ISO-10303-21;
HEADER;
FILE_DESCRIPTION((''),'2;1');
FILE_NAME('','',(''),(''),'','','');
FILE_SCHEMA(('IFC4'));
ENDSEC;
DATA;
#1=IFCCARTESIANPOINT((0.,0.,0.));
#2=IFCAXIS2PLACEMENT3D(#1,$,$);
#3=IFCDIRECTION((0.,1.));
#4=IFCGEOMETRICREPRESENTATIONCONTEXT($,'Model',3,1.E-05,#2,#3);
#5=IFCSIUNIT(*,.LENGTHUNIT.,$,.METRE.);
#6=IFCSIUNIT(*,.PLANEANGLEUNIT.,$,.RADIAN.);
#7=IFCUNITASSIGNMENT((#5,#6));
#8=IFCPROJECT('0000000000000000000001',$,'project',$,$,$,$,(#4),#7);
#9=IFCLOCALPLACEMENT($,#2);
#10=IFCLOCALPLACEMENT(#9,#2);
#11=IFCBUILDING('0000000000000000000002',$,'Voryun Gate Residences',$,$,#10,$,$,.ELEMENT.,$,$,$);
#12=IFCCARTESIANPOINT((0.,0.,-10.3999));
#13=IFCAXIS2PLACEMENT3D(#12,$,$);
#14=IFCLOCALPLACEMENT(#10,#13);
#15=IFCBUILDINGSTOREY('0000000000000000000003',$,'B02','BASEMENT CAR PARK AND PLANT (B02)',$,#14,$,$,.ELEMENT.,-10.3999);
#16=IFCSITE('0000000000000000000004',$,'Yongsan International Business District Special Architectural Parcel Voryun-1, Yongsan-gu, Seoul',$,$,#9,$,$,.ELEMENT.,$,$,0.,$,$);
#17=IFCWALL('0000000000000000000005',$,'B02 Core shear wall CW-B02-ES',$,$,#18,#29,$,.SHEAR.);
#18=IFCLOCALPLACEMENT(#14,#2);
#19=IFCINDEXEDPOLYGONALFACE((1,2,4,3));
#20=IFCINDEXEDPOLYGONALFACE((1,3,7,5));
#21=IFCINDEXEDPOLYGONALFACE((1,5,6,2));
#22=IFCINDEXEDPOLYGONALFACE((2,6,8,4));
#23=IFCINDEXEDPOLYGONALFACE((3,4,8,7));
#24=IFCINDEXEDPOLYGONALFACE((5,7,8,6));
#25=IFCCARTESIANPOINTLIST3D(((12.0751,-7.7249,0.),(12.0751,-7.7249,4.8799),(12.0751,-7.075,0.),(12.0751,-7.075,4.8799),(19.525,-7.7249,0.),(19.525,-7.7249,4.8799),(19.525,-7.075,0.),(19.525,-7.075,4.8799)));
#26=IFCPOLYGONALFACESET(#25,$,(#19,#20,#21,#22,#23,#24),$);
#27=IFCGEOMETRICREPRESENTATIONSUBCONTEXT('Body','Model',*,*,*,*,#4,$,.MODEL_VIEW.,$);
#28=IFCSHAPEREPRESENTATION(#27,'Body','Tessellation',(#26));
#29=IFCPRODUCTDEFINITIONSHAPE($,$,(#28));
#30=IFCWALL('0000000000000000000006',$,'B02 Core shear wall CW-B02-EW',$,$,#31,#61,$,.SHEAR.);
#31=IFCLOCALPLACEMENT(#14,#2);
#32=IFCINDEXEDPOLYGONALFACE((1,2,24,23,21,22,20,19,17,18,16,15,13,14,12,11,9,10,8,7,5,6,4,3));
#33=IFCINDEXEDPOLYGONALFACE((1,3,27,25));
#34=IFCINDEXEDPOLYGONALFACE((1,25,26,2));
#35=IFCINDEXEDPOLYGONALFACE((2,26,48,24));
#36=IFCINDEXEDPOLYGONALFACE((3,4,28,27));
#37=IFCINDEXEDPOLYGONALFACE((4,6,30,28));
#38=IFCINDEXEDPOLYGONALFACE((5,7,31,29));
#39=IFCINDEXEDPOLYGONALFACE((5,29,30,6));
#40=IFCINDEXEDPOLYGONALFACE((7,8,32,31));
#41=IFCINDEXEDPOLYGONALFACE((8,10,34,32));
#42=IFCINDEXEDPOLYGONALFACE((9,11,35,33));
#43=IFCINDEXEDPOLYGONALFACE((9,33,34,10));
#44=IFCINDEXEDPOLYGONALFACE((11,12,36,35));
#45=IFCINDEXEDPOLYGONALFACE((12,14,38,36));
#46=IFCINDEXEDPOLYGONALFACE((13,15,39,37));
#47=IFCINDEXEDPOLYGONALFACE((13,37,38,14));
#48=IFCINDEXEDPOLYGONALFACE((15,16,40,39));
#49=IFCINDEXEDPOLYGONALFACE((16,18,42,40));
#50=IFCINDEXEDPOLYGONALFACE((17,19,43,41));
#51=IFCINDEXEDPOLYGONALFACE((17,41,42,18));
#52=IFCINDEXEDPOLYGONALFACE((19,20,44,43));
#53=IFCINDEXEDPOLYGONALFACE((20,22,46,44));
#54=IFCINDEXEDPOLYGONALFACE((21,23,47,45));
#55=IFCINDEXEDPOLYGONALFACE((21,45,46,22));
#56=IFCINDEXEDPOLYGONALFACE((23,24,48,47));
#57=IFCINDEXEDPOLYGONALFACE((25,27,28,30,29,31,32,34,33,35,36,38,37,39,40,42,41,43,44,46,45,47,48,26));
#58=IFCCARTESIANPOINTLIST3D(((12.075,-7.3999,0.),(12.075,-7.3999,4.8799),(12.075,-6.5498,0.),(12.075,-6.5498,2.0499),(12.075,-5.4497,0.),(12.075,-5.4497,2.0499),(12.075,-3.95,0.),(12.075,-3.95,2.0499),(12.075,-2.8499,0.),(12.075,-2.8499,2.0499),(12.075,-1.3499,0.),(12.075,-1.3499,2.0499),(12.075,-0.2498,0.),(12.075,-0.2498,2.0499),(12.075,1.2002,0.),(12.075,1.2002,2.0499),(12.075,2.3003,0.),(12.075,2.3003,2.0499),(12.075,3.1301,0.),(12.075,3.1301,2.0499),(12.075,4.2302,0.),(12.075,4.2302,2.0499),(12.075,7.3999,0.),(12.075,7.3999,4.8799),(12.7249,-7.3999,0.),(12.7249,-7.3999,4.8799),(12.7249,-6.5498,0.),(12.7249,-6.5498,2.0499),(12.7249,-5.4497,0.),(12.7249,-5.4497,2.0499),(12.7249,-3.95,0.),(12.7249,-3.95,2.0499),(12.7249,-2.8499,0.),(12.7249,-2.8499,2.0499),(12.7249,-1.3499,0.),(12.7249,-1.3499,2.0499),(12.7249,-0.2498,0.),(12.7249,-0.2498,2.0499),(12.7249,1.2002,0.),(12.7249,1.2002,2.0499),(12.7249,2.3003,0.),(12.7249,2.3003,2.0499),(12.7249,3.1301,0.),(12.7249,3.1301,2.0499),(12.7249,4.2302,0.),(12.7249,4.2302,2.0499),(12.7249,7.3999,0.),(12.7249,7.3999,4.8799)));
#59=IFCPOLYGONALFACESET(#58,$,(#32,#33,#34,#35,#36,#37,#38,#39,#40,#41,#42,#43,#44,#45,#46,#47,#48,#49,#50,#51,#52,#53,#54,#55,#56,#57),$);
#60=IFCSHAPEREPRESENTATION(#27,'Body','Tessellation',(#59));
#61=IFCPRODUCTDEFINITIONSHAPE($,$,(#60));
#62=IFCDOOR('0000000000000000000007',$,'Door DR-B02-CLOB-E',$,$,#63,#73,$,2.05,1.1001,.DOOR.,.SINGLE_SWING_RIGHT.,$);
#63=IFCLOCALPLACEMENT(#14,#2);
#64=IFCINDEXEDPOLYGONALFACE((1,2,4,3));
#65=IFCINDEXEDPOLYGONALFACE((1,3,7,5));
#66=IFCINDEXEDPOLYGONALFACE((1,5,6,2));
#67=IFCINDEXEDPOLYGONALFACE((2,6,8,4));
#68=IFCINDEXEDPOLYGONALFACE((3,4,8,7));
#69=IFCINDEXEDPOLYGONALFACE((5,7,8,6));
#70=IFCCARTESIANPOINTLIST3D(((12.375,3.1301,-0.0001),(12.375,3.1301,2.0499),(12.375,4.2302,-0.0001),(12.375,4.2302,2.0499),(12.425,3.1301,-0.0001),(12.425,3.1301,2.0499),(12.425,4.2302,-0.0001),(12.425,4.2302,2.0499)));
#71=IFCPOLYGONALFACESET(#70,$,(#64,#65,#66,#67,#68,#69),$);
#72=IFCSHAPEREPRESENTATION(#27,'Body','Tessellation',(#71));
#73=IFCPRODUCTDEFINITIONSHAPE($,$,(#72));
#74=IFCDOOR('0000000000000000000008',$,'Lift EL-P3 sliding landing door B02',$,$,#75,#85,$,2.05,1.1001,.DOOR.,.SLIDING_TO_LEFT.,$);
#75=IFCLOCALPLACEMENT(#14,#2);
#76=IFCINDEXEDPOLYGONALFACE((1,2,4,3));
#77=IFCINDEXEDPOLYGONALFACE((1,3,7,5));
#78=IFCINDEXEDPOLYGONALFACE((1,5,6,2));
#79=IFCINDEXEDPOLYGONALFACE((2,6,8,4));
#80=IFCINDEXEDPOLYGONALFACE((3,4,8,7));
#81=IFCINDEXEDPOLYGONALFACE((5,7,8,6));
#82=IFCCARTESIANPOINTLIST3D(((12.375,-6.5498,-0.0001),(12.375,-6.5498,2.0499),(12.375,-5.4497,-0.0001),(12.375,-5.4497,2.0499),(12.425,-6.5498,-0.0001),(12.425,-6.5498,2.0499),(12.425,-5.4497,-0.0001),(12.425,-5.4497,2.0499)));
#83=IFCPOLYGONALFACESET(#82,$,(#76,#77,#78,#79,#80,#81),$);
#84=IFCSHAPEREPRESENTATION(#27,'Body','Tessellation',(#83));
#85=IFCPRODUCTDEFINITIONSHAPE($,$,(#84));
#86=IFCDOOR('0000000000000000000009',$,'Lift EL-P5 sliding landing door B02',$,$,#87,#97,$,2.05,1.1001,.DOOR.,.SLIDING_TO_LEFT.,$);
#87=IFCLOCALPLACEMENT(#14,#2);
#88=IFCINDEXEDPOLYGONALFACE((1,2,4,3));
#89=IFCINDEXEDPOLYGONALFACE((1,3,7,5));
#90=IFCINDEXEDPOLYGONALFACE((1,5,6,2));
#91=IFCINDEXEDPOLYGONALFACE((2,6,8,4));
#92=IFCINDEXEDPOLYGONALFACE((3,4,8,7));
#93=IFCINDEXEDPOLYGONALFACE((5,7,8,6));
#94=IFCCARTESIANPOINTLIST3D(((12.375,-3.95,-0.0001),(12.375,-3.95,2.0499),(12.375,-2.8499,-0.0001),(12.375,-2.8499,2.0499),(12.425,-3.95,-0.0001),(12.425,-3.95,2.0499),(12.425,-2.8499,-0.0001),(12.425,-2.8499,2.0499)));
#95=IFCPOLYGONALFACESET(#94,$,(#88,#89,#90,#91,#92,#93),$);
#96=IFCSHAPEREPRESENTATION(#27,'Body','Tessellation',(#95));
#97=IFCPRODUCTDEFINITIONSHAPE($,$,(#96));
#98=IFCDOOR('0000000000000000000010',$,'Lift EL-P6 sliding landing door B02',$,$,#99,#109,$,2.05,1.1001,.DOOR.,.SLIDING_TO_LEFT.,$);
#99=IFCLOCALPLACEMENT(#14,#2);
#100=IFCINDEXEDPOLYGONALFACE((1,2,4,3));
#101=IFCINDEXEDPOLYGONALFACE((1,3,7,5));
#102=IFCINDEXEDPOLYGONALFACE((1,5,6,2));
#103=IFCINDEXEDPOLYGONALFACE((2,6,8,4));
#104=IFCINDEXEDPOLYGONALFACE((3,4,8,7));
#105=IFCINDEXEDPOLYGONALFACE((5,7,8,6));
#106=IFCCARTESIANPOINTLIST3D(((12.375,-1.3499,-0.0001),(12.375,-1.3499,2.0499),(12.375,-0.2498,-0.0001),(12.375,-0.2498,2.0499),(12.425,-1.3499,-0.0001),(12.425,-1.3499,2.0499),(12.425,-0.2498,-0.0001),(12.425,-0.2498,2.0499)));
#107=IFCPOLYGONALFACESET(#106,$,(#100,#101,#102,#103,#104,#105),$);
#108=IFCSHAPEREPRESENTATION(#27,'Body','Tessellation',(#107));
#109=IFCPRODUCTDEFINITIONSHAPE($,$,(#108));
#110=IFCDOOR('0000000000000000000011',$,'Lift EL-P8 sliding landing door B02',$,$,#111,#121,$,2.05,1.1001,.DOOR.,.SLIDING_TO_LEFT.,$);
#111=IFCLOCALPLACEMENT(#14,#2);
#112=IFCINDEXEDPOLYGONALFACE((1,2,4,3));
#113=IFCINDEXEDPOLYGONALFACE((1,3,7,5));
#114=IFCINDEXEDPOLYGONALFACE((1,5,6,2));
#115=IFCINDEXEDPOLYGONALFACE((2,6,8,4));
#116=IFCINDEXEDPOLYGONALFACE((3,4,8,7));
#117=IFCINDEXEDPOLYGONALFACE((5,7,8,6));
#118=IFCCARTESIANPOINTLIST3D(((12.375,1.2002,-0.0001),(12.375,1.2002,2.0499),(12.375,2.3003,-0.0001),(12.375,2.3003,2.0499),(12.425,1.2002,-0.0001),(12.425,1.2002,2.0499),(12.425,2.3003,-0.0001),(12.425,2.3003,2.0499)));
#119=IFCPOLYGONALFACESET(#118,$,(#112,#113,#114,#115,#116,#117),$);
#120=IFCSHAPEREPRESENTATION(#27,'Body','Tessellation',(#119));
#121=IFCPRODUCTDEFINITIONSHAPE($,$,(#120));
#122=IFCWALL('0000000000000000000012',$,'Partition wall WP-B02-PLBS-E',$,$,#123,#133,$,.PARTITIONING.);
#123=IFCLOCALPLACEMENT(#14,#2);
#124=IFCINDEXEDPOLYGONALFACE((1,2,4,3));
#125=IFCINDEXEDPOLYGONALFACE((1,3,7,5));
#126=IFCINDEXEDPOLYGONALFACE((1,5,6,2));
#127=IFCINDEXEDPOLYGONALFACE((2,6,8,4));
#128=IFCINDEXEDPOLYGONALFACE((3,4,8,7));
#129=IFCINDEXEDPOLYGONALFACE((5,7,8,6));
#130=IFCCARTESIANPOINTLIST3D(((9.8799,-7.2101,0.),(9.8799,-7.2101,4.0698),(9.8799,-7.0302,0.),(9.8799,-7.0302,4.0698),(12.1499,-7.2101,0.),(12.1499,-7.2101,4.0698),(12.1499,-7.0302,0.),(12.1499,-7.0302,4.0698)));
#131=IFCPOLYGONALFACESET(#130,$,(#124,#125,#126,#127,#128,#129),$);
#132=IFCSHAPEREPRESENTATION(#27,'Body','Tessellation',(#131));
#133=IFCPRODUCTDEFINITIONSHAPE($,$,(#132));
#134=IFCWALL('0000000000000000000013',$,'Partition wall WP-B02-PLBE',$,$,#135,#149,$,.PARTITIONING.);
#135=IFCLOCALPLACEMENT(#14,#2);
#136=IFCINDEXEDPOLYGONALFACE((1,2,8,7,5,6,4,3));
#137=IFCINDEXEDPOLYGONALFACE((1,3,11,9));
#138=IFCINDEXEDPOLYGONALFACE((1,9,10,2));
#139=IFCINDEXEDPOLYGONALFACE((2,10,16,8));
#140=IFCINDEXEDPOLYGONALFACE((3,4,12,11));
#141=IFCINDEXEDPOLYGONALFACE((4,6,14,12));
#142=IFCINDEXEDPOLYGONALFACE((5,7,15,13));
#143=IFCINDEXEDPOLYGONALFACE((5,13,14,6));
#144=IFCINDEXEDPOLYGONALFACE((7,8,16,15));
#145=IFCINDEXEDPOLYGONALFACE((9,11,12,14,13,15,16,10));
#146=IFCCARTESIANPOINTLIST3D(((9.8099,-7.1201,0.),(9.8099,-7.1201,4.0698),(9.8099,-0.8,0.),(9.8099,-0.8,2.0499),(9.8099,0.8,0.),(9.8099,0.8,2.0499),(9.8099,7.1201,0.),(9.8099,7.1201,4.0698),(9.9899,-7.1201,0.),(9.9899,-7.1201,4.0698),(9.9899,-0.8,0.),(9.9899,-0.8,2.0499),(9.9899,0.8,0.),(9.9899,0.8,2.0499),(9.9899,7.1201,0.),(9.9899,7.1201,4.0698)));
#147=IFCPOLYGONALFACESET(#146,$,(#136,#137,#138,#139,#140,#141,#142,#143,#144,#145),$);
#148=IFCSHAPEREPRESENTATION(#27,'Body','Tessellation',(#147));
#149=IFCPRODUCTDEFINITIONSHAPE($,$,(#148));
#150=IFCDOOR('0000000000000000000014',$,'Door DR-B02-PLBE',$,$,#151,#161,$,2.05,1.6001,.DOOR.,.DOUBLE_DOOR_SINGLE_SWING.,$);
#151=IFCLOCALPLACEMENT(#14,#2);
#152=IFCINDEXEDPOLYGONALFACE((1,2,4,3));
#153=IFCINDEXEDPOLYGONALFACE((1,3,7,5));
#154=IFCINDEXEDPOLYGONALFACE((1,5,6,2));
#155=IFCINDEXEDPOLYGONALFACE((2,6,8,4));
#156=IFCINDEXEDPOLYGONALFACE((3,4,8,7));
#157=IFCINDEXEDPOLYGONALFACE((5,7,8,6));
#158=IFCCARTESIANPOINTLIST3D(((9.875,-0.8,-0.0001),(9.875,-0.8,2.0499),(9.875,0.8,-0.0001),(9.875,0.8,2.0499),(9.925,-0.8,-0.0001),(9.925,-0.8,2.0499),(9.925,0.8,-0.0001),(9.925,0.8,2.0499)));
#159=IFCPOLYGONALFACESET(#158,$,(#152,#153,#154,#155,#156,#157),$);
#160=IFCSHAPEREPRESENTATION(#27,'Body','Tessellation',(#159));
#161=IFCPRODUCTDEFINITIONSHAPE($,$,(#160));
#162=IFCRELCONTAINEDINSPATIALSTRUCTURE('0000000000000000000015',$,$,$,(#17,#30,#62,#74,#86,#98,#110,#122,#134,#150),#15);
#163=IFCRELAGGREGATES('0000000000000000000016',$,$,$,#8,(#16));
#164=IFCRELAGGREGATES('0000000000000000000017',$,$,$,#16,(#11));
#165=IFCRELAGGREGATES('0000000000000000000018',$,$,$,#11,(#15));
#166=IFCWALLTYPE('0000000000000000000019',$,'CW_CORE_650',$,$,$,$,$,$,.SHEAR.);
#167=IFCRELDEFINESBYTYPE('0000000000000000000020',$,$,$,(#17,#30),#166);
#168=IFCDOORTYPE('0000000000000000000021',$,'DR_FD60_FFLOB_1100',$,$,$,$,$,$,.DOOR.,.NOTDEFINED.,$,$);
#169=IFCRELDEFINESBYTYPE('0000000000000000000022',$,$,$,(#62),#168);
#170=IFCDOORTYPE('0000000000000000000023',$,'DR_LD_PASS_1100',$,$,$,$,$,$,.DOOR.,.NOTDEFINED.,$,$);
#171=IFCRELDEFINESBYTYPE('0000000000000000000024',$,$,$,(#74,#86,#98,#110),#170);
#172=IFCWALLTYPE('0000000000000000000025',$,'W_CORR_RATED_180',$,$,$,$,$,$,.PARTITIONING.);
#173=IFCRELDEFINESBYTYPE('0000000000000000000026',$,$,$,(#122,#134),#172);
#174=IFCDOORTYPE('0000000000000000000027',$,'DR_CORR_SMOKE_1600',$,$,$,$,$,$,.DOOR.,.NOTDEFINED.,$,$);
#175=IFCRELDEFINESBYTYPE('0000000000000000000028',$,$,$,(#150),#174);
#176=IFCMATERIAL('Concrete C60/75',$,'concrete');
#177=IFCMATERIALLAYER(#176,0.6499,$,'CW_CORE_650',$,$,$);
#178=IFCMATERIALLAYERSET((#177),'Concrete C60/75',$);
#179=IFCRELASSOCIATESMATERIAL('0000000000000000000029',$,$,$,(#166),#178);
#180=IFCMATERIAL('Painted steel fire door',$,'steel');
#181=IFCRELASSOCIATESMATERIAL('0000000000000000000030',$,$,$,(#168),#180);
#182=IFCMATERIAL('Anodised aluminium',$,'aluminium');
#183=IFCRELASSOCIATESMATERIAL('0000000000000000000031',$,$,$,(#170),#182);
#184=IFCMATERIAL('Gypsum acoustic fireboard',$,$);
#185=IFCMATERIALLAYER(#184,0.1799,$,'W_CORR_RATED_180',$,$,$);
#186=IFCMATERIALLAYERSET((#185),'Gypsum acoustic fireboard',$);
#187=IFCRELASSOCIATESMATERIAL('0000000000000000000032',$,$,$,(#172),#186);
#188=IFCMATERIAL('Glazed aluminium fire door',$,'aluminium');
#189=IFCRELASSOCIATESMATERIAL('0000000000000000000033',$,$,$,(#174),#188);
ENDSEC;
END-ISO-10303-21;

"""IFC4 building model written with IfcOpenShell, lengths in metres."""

from ifc_helpers import new_model, si_unit, direction, frame, frame_2d, origin, place, context, subcontext, project, spatial, rectangle, extrude, material, layer, layer_set, type_object, element, fill, save


model = new_model("IFC4")

# Units and contexts
model_context = context("Model", 3, precision=1e-05, world=origin(), true_north=direction((0.0, 1.0)))
body_context = subcontext(model_context, "Body", "Model", "MODEL_VIEW")
ifc_project = project(units=[si_unit("LENGTHUNIT", "METRE"), si_unit("PLANEANGLEUNIT", "RADIAN")], contexts=[model_context])

# Site, building, storey
site_placement = place(None, origin())
site = spatial("IfcSite", under=ifc_project, at=site_placement, Name="Yongsan International Business District Special Architectural Parcel Voryun-1, Yongsan-gu, Seoul", CompositionType="ELEMENT", RefElevation=0.0)
building_placement = place(site_placement, origin())
building = spatial("IfcBuilding", under=site, at=building_placement, Name="Voryun Gate Residences", CompositionType="ELEMENT")
storey_placement = place(building_placement, frame((0.0, 0.0, -10.3999)))
storey = spatial("IfcBuildingStorey", under=building, at=storey_placement, Name="B02", Description="BASEMENT CAR PARK AND PLANT (B02)", CompositionType="ELEMENT", Elevation=-10.3999)

# Wall
ifc_material_1 = material(Name="Concrete C60/75", Category="concrete")
ifc_layer_1 = layer(ifc_material_1, 0.6499, Name="CW_CORE_650")
ifc_layer_set_1 = layer_set([ifc_layer_1], Name="Concrete C60/75")
wall_type_1 = type_object("IfcWallType", Name="CW_CORE_650", PredefinedType="SHEAR", material=ifc_layer_set_1)
wall_1_placement = place(storey_placement, frame((12.075, -7.3999, 0.0), z_axis=(0.0, 0.0, 1.0), x_axis=(1.0, 0.0, 0.0)))
element("IfcWall", 1, at=wall_1_placement, inside=storey, type_object=wall_type_1, Name="B02 Core shear wall CW-B02-ES", PredefinedType="SHEAR", context=body_context, shape_type="SweptSolid", body=[
    extrude(rectangle(XDim=7.45, YDim=0.6499, at=frame_2d((3.7251, 0.0))), origin(), (0.0, 0.0, 1.0), 4.8799),
])

# Wall, openings, doors
wall_2_placement = place(storey_placement, frame((12.3999, -7.3999, 0.0), z_axis=(0.0, 0.0, 1.0), x_axis=(0.0, 1.0, 0.0)))
wall_2 = element("IfcWall", 2, at=wall_2_placement, inside=storey, type_object=wall_type_1, Name="B02 Core shear wall CW-B02-EW", PredefinedType="SHEAR", context=body_context, shape_type="SweptSolid", body=[
    extrude(rectangle(XDim=14.7998, YDim=0.6499, at=frame_2d((7.3999, 0.0))), origin(), (0.0, 0.0, 1.0), 4.8799),
])
opening_1_placement = place(wall_2_placement, frame((0.8501, 0.0, 0.0)))
opening_1 = element("IfcOpeningElement", 3, at=opening_1_placement, cuts=wall_2, PredefinedType="OPENING", context=body_context, shape_type="SweptSolid", body=[
    extrude(rectangle(XDim=1.1001, YDim=2.05, at=frame_2d((0.55, 1.0249))), frame((0.0, 0.335, 0.0), z_axis=(0.0, -1.0, 0.0), x_axis=(1.0, 0.0, 0.0)), (0.0, 0.0, 1.0), 0.6699),
])
opening_2_placement = place(wall_2_placement, frame((3.45, 0.0, 0.0)))
opening_2 = element("IfcOpeningElement", 4, at=opening_2_placement, cuts=wall_2, PredefinedType="OPENING", context=body_context, shape_type="SweptSolid", body=[
    extrude(rectangle(XDim=1.1001, YDim=2.05, at=frame_2d((0.55, 1.0249))), frame((0.0, 0.335, 0.0), z_axis=(0.0, -1.0, 0.0), x_axis=(1.0, 0.0, 0.0)), (0.0, 0.0, 1.0), 0.6699),
])
opening_3_placement = place(wall_2_placement, frame((6.05, 0.0, 0.0)))
opening_3 = element("IfcOpeningElement", 5, at=opening_3_placement, cuts=wall_2, PredefinedType="OPENING", context=body_context, shape_type="SweptSolid", body=[
    extrude(rectangle(XDim=1.1001, YDim=2.05, at=frame_2d((0.55, 1.0249))), frame((0.0, 0.335, 0.0), z_axis=(0.0, -1.0, 0.0), x_axis=(1.0, 0.0, 0.0)), (0.0, 0.0, 1.0), 0.6699),
])
opening_4_placement = place(wall_2_placement, frame((8.6001, 0.0, 0.0)))
opening_4 = element("IfcOpeningElement", 6, at=opening_4_placement, cuts=wall_2, PredefinedType="OPENING", context=body_context, shape_type="SweptSolid", body=[
    extrude(rectangle(XDim=1.1001, YDim=2.05, at=frame_2d((0.55, 1.0249))), frame((0.0, 0.335, 0.0), z_axis=(0.0, -1.0, 0.0), x_axis=(1.0, 0.0, 0.0)), (0.0, 0.0, 1.0), 0.6699),
])
opening_5_placement = place(wall_2_placement, frame((10.53, 0.0, 0.0)))
opening_5 = element("IfcOpeningElement", 7, at=opening_5_placement, cuts=wall_2, PredefinedType="OPENING", context=body_context, shape_type="SweptSolid", body=[
    extrude(rectangle(XDim=1.1001, YDim=2.05, at=frame_2d((0.55, 1.0249))), frame((0.0, 0.335, 0.0), z_axis=(0.0, -1.0, 0.0), x_axis=(1.0, 0.0, 0.0)), (0.0, 0.0, 1.0), 0.6699),
])
ifc_material_2 = material(Name="Painted steel fire door", Category="steel")
door_type_1 = type_object("IfcDoorType", Name="DR_FD60_FFLOB_1100", OperationType="NOTDEFINED", PredefinedType="DOOR", material=ifc_material_2)
door_1_placement = place(opening_5_placement, origin())
door_1 = element("IfcDoor", 8, at=door_1_placement, inside=storey, type_object=door_type_1, Name="Door DR-B02-CLOB-E", OperationType="SINGLE_SWING_RIGHT", OverallHeight=2.05, OverallWidth=1.1001, PredefinedType="DOOR", context=body_context, shape_type="SweptSolid", body=[
    extrude(rectangle(XDim=1.1001, YDim=2.05, at=frame_2d((0.55, 1.0249))), frame((0.0, 0.0249, 0.0), z_axis=(0.0, -1.0, 0.0), x_axis=(1.0, 0.0, 0.0)), (0.0, 0.0, 1.0), 0.05),
])
fill(opening_5, door_1)
ifc_material_3 = material(Name="Anodised aluminium", Category="aluminium")
door_type_2 = type_object("IfcDoorType", Name="DR_LD_PASS_1100", OperationType="NOTDEFINED", PredefinedType="DOOR", material=ifc_material_3)
door_2_placement = place(opening_1_placement, origin())
door_2 = element("IfcDoor", 9, at=door_2_placement, inside=storey, type_object=door_type_2, Name="Lift EL-P3 sliding landing door B02", OperationType="SLIDING_TO_LEFT", OverallHeight=2.05, OverallWidth=1.1001, PredefinedType="DOOR", context=body_context, shape_type="SweptSolid", body=[
    extrude(rectangle(XDim=1.1001, YDim=2.05, at=frame_2d((0.55, 1.0249))), frame((0.0, 0.0249, 0.0), z_axis=(0.0, -1.0, 0.0), x_axis=(1.0, 0.0, 0.0)), (0.0, 0.0, 1.0), 0.05),
])
fill(opening_1, door_2)
door_3_placement = place(opening_2_placement, origin())
door_3 = element("IfcDoor", 10, at=door_3_placement, inside=storey, type_object=door_type_2, Name="Lift EL-P5 sliding landing door B02", OperationType="SLIDING_TO_LEFT", OverallHeight=2.05, OverallWidth=1.1001, PredefinedType="DOOR", context=body_context, shape_type="SweptSolid", body=[
    extrude(rectangle(XDim=1.1001, YDim=2.05, at=frame_2d((0.55, 1.0249))), frame((0.0, 0.0249, 0.0), z_axis=(0.0, -1.0, 0.0), x_axis=(1.0, 0.0, 0.0)), (0.0, 0.0, 1.0), 0.05),
])
fill(opening_2, door_3)
door_4_placement = place(opening_3_placement, origin())
door_4 = element("IfcDoor", 11, at=door_4_placement, inside=storey, type_object=door_type_2, Name="Lift EL-P6 sliding landing door B02", OperationType="SLIDING_TO_LEFT", OverallHeight=2.05, OverallWidth=1.1001, PredefinedType="DOOR", context=body_context, shape_type="SweptSolid", body=[
    extrude(rectangle(XDim=1.1001, YDim=2.05, at=frame_2d((0.55, 1.0249))), frame((0.0, 0.0249, 0.0), z_axis=(0.0, -1.0, 0.0), x_axis=(1.0, 0.0, 0.0)), (0.0, 0.0, 1.0), 0.05),
])
fill(opening_3, door_4)
door_5_placement = place(opening_4_placement, origin())
door_5 = element("IfcDoor", 12, at=door_5_placement, inside=storey, type_object=door_type_2, Name="Lift EL-P8 sliding landing door B02", OperationType="SLIDING_TO_LEFT", OverallHeight=2.05, OverallWidth=1.1001, PredefinedType="DOOR", context=body_context, shape_type="SweptSolid", body=[
    extrude(rectangle(XDim=1.1001, YDim=2.05, at=frame_2d((0.55, 1.0249))), frame((0.0, 0.0249, 0.0), z_axis=(0.0, -1.0, 0.0), x_axis=(1.0, 0.0, 0.0)), (0.0, 0.0, 1.0), 0.05),
])
fill(opening_4, door_5)

# Wall
ifc_material_4 = material(Name="Gypsum acoustic fireboard")
ifc_layer_2 = layer(ifc_material_4, 0.1799, Name="W_CORR_RATED_180")
ifc_layer_set_2 = layer_set([ifc_layer_2], Name="Gypsum acoustic fireboard")
wall_type_2 = type_object("IfcWallType", Name="W_CORR_RATED_180", PredefinedType="PARTITIONING", material=ifc_layer_set_2)
wall_3_placement = place(storey_placement, frame((9.8799, -7.1201, 0.0), z_axis=(0.0, 0.0, 1.0), x_axis=(1.0, 0.0, 0.0)))
element("IfcWall", 13, at=wall_3_placement, inside=storey, type_object=wall_type_2, Name="Partition wall WP-B02-PLBS-E", PredefinedType="PARTITIONING", context=body_context, shape_type="SweptSolid", body=[
    extrude(rectangle(XDim=2.27, YDim=0.1799, at=frame_2d((1.135, 0.0))), origin(), (0.0, 0.0, 1.0), 4.0698),
])

# Wall, opening, door
wall_4_placement = place(storey_placement, frame((9.8999, -7.1201, 0.0), z_axis=(0.0, 0.0, 1.0), x_axis=(0.0, 1.0, 0.0)))
wall_4 = element("IfcWall", 14, at=wall_4_placement, inside=storey, type_object=wall_type_2, Name="Partition wall WP-B02-PLBE", PredefinedType="PARTITIONING", context=body_context, shape_type="SweptSolid", body=[
    extrude(rectangle(XDim=14.2402, YDim=0.1799, at=frame_2d((7.1201, 0.0))), origin(), (0.0, 0.0, 1.0), 4.0698),
])
opening_6_placement = place(wall_4_placement, frame((6.3201, 0.0, 0.0)))
opening_6 = element("IfcOpeningElement", 15, at=opening_6_placement, cuts=wall_4, PredefinedType="OPENING", context=body_context, shape_type="SweptSolid", body=[
    extrude(rectangle(XDim=1.6001, YDim=2.05, at=frame_2d((0.8, 1.0249))), frame((0.0, 0.0999, 0.0), z_axis=(0.0, -1.0, 0.0), x_axis=(1.0, 0.0, 0.0)), (0.0, 0.0, 1.0), 0.2),
])
ifc_material_5 = material(Name="Glazed aluminium fire door", Category="aluminium")
door_type_3 = type_object("IfcDoorType", Name="DR_CORR_SMOKE_1600", OperationType="NOTDEFINED", PredefinedType="DOOR", material=ifc_material_5)
door_6_placement = place(opening_6_placement, origin())
door_6 = element("IfcDoor", 16, at=door_6_placement, inside=storey, type_object=door_type_3, Name="Door DR-B02-PLBE", OperationType="DOUBLE_DOOR_SINGLE_SWING", OverallHeight=2.05, OverallWidth=1.6001, PredefinedType="DOOR", context=body_context, shape_type="SweptSolid", body=[
    extrude(rectangle(XDim=1.6001, YDim=2.05, at=frame_2d((0.8, 1.0249))), frame((0.0, 0.0249, 0.0), z_axis=(0.0, -1.0, 0.0), x_axis=(1.0, 0.0, 0.0)), (0.0, 0.0, 1.0), 0.05),
])
fill(opening_6, door_6)

save(model, "model.ifc")
